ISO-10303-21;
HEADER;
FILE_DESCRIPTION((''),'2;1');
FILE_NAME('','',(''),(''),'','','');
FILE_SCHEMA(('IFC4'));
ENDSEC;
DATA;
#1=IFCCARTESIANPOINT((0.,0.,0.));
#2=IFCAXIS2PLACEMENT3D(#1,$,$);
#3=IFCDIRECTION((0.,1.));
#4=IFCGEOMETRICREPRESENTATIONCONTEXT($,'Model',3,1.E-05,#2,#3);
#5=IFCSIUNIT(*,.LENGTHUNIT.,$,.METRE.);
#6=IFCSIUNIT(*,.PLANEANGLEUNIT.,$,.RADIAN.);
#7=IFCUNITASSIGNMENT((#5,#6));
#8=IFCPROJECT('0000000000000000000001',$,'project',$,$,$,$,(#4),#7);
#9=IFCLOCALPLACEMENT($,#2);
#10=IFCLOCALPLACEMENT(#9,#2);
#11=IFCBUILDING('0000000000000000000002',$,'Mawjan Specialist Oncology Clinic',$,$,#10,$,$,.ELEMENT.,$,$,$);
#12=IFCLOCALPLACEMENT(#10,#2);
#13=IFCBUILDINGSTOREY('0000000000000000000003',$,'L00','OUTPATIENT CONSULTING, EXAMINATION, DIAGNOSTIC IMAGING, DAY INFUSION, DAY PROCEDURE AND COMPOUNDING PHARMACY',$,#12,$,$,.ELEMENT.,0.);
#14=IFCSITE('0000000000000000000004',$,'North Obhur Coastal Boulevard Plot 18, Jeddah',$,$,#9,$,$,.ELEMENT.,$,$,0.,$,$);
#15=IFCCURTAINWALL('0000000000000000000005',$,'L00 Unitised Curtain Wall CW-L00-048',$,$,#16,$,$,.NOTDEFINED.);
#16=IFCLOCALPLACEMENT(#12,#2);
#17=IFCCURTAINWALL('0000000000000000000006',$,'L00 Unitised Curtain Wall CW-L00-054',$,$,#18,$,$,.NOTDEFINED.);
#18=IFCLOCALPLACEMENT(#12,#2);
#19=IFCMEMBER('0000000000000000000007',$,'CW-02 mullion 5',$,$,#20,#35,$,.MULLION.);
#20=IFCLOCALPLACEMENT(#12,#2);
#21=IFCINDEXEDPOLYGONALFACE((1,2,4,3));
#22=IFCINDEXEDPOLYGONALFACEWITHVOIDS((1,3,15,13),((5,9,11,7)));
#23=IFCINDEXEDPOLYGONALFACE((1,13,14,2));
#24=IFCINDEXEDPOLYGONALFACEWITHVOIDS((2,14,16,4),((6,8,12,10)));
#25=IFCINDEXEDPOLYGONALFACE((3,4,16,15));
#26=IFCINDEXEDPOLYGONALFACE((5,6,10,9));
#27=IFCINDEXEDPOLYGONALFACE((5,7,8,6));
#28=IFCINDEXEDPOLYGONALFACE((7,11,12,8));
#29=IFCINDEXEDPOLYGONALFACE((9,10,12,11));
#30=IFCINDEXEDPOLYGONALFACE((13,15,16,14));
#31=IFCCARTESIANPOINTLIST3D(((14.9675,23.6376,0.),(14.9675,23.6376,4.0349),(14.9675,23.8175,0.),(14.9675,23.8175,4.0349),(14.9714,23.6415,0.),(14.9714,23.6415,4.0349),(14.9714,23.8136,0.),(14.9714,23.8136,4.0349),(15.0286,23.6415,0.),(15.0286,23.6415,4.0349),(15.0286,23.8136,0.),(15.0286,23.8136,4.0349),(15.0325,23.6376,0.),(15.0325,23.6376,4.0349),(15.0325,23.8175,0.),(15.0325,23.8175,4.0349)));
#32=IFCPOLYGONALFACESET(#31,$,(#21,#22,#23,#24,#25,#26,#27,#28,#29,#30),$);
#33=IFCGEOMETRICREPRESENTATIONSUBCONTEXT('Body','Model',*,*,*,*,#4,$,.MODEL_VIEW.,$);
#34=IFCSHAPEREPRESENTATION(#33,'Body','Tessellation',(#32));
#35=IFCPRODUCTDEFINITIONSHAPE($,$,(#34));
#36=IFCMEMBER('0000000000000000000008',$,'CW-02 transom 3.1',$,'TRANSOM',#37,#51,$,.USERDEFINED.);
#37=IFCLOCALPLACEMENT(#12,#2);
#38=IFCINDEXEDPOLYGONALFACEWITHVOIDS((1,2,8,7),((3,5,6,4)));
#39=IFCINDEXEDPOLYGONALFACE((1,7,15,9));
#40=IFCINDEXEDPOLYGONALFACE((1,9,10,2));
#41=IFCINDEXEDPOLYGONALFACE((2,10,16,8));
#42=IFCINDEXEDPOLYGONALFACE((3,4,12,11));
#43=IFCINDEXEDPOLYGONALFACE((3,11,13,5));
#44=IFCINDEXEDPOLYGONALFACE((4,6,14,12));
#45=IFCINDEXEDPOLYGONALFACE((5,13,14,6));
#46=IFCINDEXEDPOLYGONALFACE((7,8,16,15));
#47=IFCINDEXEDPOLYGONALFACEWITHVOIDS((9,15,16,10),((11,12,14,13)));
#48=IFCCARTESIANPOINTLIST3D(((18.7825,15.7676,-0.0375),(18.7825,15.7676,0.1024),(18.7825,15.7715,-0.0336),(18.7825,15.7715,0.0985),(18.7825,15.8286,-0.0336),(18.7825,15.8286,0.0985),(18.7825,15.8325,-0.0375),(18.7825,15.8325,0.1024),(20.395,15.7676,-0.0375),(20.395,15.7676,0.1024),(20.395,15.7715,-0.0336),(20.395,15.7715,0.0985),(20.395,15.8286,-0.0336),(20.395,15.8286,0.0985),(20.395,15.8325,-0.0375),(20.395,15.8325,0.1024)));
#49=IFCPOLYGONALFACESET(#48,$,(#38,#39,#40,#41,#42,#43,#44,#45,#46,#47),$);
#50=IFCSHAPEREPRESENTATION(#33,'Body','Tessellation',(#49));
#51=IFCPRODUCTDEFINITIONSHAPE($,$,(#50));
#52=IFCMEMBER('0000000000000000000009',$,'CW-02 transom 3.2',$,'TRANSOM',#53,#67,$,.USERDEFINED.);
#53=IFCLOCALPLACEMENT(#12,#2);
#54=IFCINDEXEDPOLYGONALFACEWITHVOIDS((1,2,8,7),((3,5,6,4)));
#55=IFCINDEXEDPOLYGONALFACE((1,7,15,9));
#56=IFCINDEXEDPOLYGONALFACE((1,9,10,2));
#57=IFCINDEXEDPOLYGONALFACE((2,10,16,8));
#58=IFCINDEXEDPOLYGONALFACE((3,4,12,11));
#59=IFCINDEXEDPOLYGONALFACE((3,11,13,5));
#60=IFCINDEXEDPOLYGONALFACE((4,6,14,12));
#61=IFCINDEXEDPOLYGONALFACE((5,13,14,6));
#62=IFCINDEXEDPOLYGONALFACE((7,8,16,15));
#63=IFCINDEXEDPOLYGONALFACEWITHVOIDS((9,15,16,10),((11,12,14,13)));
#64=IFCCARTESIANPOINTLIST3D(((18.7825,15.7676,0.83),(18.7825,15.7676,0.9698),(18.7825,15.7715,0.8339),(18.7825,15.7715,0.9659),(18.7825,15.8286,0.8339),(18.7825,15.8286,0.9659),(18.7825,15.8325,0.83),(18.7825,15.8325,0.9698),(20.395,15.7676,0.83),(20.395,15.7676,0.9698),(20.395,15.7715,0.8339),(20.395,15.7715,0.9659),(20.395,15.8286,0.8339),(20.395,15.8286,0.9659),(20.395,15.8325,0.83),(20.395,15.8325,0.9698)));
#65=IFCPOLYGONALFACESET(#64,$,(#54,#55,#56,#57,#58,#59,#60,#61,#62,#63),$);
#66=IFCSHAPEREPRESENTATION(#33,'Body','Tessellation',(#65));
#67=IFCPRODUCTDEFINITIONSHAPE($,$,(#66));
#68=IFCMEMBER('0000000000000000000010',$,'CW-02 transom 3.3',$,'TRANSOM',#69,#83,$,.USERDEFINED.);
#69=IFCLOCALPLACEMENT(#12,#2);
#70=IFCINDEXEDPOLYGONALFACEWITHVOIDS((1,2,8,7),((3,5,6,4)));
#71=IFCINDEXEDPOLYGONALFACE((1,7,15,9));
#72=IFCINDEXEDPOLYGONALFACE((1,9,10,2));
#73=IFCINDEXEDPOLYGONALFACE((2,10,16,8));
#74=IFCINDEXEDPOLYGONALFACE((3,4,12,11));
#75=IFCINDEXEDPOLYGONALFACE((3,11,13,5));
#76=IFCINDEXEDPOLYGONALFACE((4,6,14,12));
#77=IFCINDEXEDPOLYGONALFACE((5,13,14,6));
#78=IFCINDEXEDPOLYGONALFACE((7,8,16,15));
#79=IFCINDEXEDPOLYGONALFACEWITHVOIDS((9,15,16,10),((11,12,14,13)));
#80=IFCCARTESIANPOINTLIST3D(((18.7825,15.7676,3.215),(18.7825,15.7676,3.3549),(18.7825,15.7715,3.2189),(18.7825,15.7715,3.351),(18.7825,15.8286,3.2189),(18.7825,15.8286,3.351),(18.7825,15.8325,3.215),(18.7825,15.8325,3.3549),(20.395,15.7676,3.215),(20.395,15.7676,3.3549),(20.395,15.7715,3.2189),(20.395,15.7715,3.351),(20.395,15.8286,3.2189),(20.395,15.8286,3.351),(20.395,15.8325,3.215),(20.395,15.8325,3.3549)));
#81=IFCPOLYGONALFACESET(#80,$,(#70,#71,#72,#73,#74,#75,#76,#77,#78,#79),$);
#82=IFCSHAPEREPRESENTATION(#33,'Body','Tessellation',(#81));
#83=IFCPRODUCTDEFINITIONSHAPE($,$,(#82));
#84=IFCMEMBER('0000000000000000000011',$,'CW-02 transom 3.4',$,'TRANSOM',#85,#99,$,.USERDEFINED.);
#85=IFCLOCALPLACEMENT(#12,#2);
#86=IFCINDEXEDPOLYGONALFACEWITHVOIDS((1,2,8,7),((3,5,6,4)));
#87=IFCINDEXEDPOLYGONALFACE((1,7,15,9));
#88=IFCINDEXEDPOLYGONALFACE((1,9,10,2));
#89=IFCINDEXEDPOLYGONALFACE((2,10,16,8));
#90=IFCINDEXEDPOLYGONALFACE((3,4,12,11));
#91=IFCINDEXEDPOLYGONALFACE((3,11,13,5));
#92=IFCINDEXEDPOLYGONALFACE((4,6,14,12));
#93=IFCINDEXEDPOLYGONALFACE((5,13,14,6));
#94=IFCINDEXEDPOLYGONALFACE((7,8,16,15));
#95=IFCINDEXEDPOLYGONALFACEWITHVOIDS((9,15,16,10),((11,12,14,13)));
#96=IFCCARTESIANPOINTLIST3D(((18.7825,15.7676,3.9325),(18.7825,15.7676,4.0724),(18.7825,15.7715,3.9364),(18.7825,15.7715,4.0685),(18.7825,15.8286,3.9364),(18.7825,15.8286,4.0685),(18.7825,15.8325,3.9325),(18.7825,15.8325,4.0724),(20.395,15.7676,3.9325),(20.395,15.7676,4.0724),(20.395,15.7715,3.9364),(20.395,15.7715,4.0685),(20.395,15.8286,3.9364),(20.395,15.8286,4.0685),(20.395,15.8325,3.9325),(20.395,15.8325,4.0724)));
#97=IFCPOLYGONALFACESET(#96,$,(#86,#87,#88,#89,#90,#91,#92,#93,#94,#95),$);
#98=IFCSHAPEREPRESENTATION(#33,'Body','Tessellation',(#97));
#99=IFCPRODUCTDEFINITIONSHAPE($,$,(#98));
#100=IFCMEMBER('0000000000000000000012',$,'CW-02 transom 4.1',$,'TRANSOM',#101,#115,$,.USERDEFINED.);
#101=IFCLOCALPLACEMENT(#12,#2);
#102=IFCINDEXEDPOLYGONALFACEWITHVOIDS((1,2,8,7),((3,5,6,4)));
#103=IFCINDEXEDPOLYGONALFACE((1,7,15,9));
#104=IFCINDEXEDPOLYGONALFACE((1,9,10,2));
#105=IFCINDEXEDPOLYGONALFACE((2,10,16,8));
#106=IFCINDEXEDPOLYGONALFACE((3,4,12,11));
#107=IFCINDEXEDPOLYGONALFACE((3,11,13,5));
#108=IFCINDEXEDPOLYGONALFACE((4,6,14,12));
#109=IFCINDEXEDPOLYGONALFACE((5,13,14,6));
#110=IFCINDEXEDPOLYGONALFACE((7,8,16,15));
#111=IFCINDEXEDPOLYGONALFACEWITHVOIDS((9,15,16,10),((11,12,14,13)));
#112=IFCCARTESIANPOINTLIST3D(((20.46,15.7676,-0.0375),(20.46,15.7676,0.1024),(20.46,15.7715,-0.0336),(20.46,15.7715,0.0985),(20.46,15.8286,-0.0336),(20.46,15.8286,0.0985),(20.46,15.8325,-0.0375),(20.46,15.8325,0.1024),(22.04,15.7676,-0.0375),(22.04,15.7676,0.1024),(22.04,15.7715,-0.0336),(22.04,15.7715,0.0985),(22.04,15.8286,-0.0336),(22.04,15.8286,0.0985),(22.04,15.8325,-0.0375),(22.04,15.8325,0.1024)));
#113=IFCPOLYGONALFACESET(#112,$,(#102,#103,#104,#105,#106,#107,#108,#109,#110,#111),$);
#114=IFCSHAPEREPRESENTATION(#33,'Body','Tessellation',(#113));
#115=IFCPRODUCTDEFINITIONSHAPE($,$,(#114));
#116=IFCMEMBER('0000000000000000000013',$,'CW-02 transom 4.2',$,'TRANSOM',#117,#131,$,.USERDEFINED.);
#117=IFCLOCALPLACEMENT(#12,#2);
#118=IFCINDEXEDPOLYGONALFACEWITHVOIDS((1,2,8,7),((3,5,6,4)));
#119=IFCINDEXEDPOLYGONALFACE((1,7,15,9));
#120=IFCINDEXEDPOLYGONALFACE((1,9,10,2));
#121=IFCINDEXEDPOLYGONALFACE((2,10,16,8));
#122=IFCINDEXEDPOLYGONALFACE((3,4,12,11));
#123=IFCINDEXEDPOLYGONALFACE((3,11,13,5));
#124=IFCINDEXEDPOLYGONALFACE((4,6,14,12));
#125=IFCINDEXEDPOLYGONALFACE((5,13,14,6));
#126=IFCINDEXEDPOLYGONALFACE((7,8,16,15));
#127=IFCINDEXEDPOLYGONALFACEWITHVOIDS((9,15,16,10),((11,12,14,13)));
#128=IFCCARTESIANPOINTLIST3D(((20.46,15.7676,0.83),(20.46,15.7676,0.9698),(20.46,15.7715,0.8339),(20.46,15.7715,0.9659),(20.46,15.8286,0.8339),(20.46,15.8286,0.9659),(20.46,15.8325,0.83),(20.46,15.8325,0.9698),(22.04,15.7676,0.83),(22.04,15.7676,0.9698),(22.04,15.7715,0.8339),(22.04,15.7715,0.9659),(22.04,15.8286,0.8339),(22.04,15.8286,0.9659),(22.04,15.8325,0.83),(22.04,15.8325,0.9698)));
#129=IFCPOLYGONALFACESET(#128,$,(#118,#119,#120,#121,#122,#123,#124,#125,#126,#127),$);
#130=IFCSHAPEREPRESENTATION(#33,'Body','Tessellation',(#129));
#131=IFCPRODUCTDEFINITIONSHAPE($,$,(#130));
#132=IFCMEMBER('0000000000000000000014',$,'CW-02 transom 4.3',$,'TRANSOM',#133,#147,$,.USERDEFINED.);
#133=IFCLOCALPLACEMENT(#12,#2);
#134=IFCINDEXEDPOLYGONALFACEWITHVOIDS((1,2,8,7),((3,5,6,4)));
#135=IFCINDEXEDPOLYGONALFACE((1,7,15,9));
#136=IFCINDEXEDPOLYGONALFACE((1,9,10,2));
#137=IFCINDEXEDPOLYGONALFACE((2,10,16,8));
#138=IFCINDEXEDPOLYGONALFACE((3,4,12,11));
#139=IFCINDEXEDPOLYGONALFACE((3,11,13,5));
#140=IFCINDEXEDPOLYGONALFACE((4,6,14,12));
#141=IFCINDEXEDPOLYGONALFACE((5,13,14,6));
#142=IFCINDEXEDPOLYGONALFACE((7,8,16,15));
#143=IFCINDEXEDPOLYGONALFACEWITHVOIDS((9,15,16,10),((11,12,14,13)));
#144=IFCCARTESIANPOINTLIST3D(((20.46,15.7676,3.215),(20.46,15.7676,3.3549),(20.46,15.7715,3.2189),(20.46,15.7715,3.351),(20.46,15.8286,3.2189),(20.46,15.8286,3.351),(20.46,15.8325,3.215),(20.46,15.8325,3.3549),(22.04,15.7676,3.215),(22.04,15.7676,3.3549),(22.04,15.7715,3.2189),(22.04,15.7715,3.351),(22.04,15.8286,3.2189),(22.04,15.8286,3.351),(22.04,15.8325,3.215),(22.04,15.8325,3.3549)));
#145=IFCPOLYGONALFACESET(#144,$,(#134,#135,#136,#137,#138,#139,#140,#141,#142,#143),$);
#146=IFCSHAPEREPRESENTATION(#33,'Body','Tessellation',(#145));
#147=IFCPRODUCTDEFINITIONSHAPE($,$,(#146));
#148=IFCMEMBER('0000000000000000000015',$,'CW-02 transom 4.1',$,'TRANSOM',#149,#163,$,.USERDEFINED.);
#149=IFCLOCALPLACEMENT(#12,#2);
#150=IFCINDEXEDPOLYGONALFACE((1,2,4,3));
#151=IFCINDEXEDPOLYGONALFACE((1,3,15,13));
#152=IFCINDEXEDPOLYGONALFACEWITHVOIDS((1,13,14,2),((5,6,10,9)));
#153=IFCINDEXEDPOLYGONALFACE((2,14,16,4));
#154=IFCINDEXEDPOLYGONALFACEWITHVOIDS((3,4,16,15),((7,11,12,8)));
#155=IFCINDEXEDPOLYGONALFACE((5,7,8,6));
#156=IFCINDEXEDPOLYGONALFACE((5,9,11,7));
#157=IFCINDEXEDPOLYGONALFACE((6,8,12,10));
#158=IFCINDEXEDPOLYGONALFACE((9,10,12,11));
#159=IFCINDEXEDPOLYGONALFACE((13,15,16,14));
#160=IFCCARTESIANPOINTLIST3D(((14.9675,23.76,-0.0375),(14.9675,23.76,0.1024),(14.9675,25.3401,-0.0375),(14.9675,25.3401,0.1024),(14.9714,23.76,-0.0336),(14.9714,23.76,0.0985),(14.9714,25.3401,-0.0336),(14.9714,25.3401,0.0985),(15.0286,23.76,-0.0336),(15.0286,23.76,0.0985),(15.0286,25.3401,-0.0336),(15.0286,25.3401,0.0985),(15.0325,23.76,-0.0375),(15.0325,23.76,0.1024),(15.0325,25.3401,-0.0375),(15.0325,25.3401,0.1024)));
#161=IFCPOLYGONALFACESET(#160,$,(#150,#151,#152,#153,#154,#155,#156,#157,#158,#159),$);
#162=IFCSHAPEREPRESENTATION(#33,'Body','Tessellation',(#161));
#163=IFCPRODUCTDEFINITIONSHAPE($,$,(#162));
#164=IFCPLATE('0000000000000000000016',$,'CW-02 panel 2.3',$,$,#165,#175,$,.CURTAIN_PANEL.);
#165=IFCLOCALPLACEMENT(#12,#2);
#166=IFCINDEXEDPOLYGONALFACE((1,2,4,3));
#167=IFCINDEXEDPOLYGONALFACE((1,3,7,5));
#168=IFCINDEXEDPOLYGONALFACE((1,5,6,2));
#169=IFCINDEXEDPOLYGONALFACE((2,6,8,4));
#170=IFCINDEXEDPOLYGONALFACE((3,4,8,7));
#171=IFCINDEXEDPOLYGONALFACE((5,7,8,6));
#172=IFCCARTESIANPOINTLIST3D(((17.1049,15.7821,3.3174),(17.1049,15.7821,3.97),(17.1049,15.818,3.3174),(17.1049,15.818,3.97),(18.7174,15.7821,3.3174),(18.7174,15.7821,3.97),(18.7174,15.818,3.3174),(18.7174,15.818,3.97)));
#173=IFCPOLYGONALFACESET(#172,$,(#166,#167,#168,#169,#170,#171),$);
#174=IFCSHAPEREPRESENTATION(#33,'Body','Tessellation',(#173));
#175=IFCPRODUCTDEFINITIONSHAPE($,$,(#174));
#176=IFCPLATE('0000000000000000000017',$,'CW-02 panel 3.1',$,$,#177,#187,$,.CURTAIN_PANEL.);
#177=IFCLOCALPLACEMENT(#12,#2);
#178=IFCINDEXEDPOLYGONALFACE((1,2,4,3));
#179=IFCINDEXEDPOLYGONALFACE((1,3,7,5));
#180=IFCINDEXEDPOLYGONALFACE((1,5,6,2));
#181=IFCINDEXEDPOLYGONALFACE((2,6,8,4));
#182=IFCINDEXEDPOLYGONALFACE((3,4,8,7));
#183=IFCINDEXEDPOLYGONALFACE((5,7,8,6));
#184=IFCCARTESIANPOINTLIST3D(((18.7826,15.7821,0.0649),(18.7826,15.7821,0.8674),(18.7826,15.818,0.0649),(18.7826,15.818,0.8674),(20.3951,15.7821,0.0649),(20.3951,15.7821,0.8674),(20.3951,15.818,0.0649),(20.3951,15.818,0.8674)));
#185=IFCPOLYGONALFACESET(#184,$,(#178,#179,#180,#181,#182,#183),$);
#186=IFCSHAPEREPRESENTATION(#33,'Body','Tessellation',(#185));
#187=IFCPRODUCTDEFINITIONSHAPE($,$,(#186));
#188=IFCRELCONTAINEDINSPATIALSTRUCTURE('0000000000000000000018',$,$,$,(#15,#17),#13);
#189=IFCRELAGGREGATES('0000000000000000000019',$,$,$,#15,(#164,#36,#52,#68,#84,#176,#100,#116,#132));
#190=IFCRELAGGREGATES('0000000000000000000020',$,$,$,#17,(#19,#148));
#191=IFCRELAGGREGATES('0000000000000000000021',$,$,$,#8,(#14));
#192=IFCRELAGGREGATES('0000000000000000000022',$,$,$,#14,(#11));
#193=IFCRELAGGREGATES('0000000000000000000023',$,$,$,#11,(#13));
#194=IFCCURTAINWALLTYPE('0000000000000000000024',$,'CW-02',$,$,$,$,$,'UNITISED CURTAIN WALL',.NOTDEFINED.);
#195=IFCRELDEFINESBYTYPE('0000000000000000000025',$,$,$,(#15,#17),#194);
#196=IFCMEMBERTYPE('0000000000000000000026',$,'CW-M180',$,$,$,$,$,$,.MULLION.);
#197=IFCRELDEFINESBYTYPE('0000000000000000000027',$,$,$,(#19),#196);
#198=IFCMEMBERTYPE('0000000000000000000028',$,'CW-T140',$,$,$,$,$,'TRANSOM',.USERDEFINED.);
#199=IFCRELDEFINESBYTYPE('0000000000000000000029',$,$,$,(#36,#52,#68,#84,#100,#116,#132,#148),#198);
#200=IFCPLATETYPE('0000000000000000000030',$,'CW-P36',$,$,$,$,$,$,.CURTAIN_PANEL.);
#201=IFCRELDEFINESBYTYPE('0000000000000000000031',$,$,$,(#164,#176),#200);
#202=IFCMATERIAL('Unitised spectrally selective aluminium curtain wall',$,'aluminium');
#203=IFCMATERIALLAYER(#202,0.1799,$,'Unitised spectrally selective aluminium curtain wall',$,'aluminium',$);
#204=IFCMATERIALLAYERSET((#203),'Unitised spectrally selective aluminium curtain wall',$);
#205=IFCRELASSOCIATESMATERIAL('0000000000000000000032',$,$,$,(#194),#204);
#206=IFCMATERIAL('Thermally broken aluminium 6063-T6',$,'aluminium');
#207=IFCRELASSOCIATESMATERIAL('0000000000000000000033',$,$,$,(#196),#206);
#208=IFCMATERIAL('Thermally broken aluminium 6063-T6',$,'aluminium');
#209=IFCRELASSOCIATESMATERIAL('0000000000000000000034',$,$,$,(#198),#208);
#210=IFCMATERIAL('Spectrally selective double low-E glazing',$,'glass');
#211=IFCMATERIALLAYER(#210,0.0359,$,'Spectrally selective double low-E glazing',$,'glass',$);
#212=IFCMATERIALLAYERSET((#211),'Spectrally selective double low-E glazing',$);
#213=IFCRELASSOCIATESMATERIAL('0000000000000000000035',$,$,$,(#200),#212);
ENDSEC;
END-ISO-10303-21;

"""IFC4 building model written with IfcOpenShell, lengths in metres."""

from ifc_helpers import new_model, si_unit, direction, frame, origin, origin_2d, place, context, subcontext, project, spatial, rectangle, hollow_rectangle, extrude, material, layer, layer_set, material_profile, profile_set, type_object, element, aggregate, save


model = new_model("IFC4")

# Units and contexts
model_context = context("Model", 3, precision=1e-05, world=origin(), true_north=direction((0.0, 1.0)))
body_context = subcontext(model_context, "Body", "Model", "MODEL_VIEW")
ifc_project = project(units=[si_unit("LENGTHUNIT", "METRE"), si_unit("PLANEANGLEUNIT", "RADIAN")], contexts=[model_context])

# Site, building, storey
site_placement = place(None, origin())
site = spatial("IfcSite", under=ifc_project, at=site_placement, Name="North Obhur Coastal Boulevard Plot 18, Jeddah", CompositionType="ELEMENT", RefElevation=0.0)
building_placement = place(site_placement, origin())
building = spatial("IfcBuilding", under=site, at=building_placement, Name="Mawjan Specialist Oncology Clinic", CompositionType="ELEMENT")
storey_placement = place(building_placement, origin())
storey = spatial("IfcBuildingStorey", under=building, at=storey_placement, Name="L00", Description="OUTPATIENT CONSULTING, EXAMINATION, DIAGNOSTIC IMAGING, DAY INFUSION, DAY PROCEDURE AND COMPOUNDING PHARMACY", CompositionType="ELEMENT", Elevation=0.0)

# Curtain wall
ifc_material_1 = material(Name="Unitised spectrally selective aluminium curtain wall", Category="aluminium")
ifc_layer_1 = layer(ifc_material_1, 0.1799, Name="Unitised spectrally selective aluminium curtain wall", Category="aluminium")
ifc_layer_set_1 = layer_set([ifc_layer_1], Name="Unitised spectrally selective aluminium curtain wall")
curtain_wall_type = type_object("IfcCurtainWallType", Name="CW-02", ElementType="UNITISED CURTAIN WALL", PredefinedType="NOTDEFINED", material=ifc_layer_set_1)
curtain_wall_1_placement = place(storey_placement, origin())
curtain_wall_1 = element("IfcCurtainWall", 1, at=curtain_wall_1_placement, inside=storey, type_object=curtain_wall_type, Name="L00 Unitised Curtain Wall CW-L00-048", PredefinedType="NOTDEFINED")
ifc_material_2 = material(Name="Thermally broken aluminium 6063-T6", Category="aluminium")
ifc_material_profile_1 = material_profile(ifc_material_2, hollow_rectangle(XDim=0.0649, YDim=0.1799, WallThickness=0.0039, at=origin_2d()), Name="ALU MULLION 180x65x4", Category="aluminium")
ifc_profile_set_1 = profile_set([ifc_material_profile_1], Name="Thermally broken aluminium 6063-T6")
member_type_1 = type_object("IfcMemberType", Name="CW-M180", PredefinedType="MULLION", material=ifc_profile_set_1)

# Curtain wall, member
curtain_wall_2_placement = place(storey_placement, origin())
curtain_wall_2 = element("IfcCurtainWall", 2, at=curtain_wall_2_placement, inside=storey, type_object=curtain_wall_type, Name="L00 Unitised Curtain Wall CW-L00-054", PredefinedType="NOTDEFINED")
member_1_placement = place(storey_placement, frame((15.0, 23.7275, 0.0), z_axis=(0.0, 0.0, 1.0), x_axis=(1.0, 0.0, 0.0)))
member_1 = element("IfcMember", 3, at=member_1_placement, type_object=member_type_1, Name="CW-02 mullion 5", PredefinedType="MULLION", context=body_context, shape_type="SweptSolid", body=[
    extrude(hollow_rectangle(XDim=0.0649, YDim=0.1799, WallThickness=0.0039, at=origin_2d()), origin(), (0.0, 0.0, 1.0), 4.0349),
])

# Members
ifc_material_3 = material(Name="Thermally broken aluminium 6063-T6", Category="aluminium")
ifc_material_profile_2 = material_profile(ifc_material_3, hollow_rectangle(XDim=0.0649, YDim=0.1399, WallThickness=0.0039, at=origin_2d()), Name="ALU TRANSOM 140x65x4", Category="aluminium")
ifc_profile_set_2 = profile_set([ifc_material_profile_2], Name="Thermally broken aluminium 6063-T6")
member_type_2 = type_object("IfcMemberType", Name="CW-T140", ElementType="TRANSOM", PredefinedType="USERDEFINED", material=ifc_profile_set_2)
member_2_placement = place(storey_placement, frame((18.7825, 15.8, 0.0325), z_axis=(1.0, 0.0, 0.0), x_axis=(0.0, 1.0, 0.0)))
member_2 = element("IfcMember", 4, at=member_2_placement, type_object=member_type_2, Name="CW-02 transom 3.1", ObjectType="TRANSOM", PredefinedType="USERDEFINED", context=body_context, shape_type="SweptSolid", body=[
    extrude(hollow_rectangle(XDim=0.0649, YDim=0.1399, WallThickness=0.0039, at=origin_2d()), origin(), (0.0, 0.0, 1.0), 1.6125),
])
member_3_placement = place(storey_placement, frame((18.7825, 15.8, 0.8999), z_axis=(1.0, 0.0, 0.0), x_axis=(0.0, 1.0, 0.0)))
member_3 = element("IfcMember", 5, at=member_3_placement, type_object=member_type_2, Name="CW-02 transom 3.2", ObjectType="TRANSOM", PredefinedType="USERDEFINED", context=body_context, shape_type="SweptSolid", body=[
    extrude(hollow_rectangle(XDim=0.0649, YDim=0.1399, WallThickness=0.0039, at=origin_2d()), origin(), (0.0, 0.0, 1.0), 1.6125),
])
member_4_placement = place(storey_placement, frame((18.7825, 15.8, 3.2849), z_axis=(1.0, 0.0, 0.0), x_axis=(0.0, 1.0, 0.0)))
member_4 = element("IfcMember", 6, at=member_4_placement, type_object=member_type_2, Name="CW-02 transom 3.3", ObjectType="TRANSOM", PredefinedType="USERDEFINED", context=body_context, shape_type="SweptSolid", body=[
    extrude(hollow_rectangle(XDim=0.0649, YDim=0.1399, WallThickness=0.0039, at=origin_2d()), origin(), (0.0, 0.0, 1.0), 1.6125),
])
member_5_placement = place(storey_placement, frame((18.7825, 15.8, 4.0024), z_axis=(1.0, 0.0, 0.0), x_axis=(0.0, 1.0, 0.0)))
member_5 = element("IfcMember", 7, at=member_5_placement, type_object=member_type_2, Name="CW-02 transom 3.4", ObjectType="TRANSOM", PredefinedType="USERDEFINED", context=body_context, shape_type="SweptSolid", body=[
    extrude(hollow_rectangle(XDim=0.0649, YDim=0.1399, WallThickness=0.0039, at=origin_2d()), origin(), (0.0, 0.0, 1.0), 1.6125),
])
member_6_placement = place(storey_placement, frame((20.46, 15.8, 0.0325), z_axis=(1.0, 0.0, 0.0), x_axis=(0.0, 1.0, 0.0)))
member_6 = element("IfcMember", 8, at=member_6_placement, type_object=member_type_2, Name="CW-02 transom 4.1", ObjectType="TRANSOM", PredefinedType="USERDEFINED", context=body_context, shape_type="SweptSolid", body=[
    extrude(hollow_rectangle(XDim=0.0649, YDim=0.1399, WallThickness=0.0039, at=origin_2d()), origin(), (0.0, 0.0, 1.0), 1.5801),
])
member_7_placement = place(storey_placement, frame((20.46, 15.8, 0.8999), z_axis=(1.0, 0.0, 0.0), x_axis=(0.0, 1.0, 0.0)))
member_7 = element("IfcMember", 9, at=member_7_placement, type_object=member_type_2, Name="CW-02 transom 4.2", ObjectType="TRANSOM", PredefinedType="USERDEFINED", context=body_context, shape_type="SweptSolid", body=[
    extrude(hollow_rectangle(XDim=0.0649, YDim=0.1399, WallThickness=0.0039, at=origin_2d()), origin(), (0.0, 0.0, 1.0), 1.5801),
])
member_8_placement = place(storey_placement, frame((20.46, 15.8, 3.2849), z_axis=(1.0, 0.0, 0.0), x_axis=(0.0, 1.0, 0.0)))
member_8 = element("IfcMember", 10, at=member_8_placement, type_object=member_type_2, Name="CW-02 transom 4.3", ObjectType="TRANSOM", PredefinedType="USERDEFINED", context=body_context, shape_type="SweptSolid", body=[
    extrude(hollow_rectangle(XDim=0.0649, YDim=0.1399, WallThickness=0.0039, at=origin_2d()), origin(), (0.0, 0.0, 1.0), 1.5801),
])
member_9_placement = place(storey_placement, frame((15.0, 25.3401, 0.0325), z_axis=(0.0, -1.0, 0.0), x_axis=(1.0, 0.0, 0.0)))
member_9 = element("IfcMember", 11, at=member_9_placement, type_object=member_type_2, Name="CW-02 transom 4.1", ObjectType="TRANSOM", PredefinedType="USERDEFINED", context=body_context, shape_type="SweptSolid", body=[
    extrude(hollow_rectangle(XDim=0.0649, YDim=0.1399, WallThickness=0.0039, at=origin_2d()), origin(), (0.0, 0.0, 1.0), 1.5801),
])

# Plates
ifc_material_4 = material(Name="Spectrally selective double low-E glazing", Category="glass")
ifc_layer_2 = layer(ifc_material_4, 0.0359, Name="Spectrally selective double low-E glazing", Category="glass")
ifc_layer_set_2 = layer_set([ifc_layer_2], Name="Spectrally selective double low-E glazing")
plate_type = type_object("IfcPlateType", Name="CW-P36", PredefinedType="CURTAIN_PANEL", material=ifc_layer_set_2)
plate_1_placement = place(storey_placement, frame((17.9111, 15.8, 3.3174), z_axis=(0.0, 0.0, 1.0), x_axis=(1.0, 0.0, 0.0)))
plate_1 = element("IfcPlate", 12, at=plate_1_placement, type_object=plate_type, Name="CW-02 panel 2.3", PredefinedType="CURTAIN_PANEL", context=body_context, shape_type="SweptSolid", body=[
    extrude(rectangle(XDim=1.6125, YDim=0.0359, at=origin_2d()), origin(), (0.0, 0.0, 1.0), 0.6526),
])
plate_2_placement = place(storey_placement, frame((19.5889, 15.8, 0.0649), z_axis=(0.0, 0.0, 1.0), x_axis=(1.0, 0.0, 0.0)))
plate_2 = element("IfcPlate", 13, at=plate_2_placement, type_object=plate_type, Name="CW-02 panel 3.1", PredefinedType="CURTAIN_PANEL", context=body_context, shape_type="SweptSolid", body=[
    extrude(rectangle(XDim=1.6125, YDim=0.0359, at=origin_2d()), origin(), (0.0, 0.0, 1.0), 0.8025),
])
aggregate(curtain_wall_1, [plate_1, member_2, member_3, member_4, member_5, plate_2, member_6, member_7, member_8])
aggregate(curtain_wall_2, [member_1, member_9])

save(model, "model.ifc")
